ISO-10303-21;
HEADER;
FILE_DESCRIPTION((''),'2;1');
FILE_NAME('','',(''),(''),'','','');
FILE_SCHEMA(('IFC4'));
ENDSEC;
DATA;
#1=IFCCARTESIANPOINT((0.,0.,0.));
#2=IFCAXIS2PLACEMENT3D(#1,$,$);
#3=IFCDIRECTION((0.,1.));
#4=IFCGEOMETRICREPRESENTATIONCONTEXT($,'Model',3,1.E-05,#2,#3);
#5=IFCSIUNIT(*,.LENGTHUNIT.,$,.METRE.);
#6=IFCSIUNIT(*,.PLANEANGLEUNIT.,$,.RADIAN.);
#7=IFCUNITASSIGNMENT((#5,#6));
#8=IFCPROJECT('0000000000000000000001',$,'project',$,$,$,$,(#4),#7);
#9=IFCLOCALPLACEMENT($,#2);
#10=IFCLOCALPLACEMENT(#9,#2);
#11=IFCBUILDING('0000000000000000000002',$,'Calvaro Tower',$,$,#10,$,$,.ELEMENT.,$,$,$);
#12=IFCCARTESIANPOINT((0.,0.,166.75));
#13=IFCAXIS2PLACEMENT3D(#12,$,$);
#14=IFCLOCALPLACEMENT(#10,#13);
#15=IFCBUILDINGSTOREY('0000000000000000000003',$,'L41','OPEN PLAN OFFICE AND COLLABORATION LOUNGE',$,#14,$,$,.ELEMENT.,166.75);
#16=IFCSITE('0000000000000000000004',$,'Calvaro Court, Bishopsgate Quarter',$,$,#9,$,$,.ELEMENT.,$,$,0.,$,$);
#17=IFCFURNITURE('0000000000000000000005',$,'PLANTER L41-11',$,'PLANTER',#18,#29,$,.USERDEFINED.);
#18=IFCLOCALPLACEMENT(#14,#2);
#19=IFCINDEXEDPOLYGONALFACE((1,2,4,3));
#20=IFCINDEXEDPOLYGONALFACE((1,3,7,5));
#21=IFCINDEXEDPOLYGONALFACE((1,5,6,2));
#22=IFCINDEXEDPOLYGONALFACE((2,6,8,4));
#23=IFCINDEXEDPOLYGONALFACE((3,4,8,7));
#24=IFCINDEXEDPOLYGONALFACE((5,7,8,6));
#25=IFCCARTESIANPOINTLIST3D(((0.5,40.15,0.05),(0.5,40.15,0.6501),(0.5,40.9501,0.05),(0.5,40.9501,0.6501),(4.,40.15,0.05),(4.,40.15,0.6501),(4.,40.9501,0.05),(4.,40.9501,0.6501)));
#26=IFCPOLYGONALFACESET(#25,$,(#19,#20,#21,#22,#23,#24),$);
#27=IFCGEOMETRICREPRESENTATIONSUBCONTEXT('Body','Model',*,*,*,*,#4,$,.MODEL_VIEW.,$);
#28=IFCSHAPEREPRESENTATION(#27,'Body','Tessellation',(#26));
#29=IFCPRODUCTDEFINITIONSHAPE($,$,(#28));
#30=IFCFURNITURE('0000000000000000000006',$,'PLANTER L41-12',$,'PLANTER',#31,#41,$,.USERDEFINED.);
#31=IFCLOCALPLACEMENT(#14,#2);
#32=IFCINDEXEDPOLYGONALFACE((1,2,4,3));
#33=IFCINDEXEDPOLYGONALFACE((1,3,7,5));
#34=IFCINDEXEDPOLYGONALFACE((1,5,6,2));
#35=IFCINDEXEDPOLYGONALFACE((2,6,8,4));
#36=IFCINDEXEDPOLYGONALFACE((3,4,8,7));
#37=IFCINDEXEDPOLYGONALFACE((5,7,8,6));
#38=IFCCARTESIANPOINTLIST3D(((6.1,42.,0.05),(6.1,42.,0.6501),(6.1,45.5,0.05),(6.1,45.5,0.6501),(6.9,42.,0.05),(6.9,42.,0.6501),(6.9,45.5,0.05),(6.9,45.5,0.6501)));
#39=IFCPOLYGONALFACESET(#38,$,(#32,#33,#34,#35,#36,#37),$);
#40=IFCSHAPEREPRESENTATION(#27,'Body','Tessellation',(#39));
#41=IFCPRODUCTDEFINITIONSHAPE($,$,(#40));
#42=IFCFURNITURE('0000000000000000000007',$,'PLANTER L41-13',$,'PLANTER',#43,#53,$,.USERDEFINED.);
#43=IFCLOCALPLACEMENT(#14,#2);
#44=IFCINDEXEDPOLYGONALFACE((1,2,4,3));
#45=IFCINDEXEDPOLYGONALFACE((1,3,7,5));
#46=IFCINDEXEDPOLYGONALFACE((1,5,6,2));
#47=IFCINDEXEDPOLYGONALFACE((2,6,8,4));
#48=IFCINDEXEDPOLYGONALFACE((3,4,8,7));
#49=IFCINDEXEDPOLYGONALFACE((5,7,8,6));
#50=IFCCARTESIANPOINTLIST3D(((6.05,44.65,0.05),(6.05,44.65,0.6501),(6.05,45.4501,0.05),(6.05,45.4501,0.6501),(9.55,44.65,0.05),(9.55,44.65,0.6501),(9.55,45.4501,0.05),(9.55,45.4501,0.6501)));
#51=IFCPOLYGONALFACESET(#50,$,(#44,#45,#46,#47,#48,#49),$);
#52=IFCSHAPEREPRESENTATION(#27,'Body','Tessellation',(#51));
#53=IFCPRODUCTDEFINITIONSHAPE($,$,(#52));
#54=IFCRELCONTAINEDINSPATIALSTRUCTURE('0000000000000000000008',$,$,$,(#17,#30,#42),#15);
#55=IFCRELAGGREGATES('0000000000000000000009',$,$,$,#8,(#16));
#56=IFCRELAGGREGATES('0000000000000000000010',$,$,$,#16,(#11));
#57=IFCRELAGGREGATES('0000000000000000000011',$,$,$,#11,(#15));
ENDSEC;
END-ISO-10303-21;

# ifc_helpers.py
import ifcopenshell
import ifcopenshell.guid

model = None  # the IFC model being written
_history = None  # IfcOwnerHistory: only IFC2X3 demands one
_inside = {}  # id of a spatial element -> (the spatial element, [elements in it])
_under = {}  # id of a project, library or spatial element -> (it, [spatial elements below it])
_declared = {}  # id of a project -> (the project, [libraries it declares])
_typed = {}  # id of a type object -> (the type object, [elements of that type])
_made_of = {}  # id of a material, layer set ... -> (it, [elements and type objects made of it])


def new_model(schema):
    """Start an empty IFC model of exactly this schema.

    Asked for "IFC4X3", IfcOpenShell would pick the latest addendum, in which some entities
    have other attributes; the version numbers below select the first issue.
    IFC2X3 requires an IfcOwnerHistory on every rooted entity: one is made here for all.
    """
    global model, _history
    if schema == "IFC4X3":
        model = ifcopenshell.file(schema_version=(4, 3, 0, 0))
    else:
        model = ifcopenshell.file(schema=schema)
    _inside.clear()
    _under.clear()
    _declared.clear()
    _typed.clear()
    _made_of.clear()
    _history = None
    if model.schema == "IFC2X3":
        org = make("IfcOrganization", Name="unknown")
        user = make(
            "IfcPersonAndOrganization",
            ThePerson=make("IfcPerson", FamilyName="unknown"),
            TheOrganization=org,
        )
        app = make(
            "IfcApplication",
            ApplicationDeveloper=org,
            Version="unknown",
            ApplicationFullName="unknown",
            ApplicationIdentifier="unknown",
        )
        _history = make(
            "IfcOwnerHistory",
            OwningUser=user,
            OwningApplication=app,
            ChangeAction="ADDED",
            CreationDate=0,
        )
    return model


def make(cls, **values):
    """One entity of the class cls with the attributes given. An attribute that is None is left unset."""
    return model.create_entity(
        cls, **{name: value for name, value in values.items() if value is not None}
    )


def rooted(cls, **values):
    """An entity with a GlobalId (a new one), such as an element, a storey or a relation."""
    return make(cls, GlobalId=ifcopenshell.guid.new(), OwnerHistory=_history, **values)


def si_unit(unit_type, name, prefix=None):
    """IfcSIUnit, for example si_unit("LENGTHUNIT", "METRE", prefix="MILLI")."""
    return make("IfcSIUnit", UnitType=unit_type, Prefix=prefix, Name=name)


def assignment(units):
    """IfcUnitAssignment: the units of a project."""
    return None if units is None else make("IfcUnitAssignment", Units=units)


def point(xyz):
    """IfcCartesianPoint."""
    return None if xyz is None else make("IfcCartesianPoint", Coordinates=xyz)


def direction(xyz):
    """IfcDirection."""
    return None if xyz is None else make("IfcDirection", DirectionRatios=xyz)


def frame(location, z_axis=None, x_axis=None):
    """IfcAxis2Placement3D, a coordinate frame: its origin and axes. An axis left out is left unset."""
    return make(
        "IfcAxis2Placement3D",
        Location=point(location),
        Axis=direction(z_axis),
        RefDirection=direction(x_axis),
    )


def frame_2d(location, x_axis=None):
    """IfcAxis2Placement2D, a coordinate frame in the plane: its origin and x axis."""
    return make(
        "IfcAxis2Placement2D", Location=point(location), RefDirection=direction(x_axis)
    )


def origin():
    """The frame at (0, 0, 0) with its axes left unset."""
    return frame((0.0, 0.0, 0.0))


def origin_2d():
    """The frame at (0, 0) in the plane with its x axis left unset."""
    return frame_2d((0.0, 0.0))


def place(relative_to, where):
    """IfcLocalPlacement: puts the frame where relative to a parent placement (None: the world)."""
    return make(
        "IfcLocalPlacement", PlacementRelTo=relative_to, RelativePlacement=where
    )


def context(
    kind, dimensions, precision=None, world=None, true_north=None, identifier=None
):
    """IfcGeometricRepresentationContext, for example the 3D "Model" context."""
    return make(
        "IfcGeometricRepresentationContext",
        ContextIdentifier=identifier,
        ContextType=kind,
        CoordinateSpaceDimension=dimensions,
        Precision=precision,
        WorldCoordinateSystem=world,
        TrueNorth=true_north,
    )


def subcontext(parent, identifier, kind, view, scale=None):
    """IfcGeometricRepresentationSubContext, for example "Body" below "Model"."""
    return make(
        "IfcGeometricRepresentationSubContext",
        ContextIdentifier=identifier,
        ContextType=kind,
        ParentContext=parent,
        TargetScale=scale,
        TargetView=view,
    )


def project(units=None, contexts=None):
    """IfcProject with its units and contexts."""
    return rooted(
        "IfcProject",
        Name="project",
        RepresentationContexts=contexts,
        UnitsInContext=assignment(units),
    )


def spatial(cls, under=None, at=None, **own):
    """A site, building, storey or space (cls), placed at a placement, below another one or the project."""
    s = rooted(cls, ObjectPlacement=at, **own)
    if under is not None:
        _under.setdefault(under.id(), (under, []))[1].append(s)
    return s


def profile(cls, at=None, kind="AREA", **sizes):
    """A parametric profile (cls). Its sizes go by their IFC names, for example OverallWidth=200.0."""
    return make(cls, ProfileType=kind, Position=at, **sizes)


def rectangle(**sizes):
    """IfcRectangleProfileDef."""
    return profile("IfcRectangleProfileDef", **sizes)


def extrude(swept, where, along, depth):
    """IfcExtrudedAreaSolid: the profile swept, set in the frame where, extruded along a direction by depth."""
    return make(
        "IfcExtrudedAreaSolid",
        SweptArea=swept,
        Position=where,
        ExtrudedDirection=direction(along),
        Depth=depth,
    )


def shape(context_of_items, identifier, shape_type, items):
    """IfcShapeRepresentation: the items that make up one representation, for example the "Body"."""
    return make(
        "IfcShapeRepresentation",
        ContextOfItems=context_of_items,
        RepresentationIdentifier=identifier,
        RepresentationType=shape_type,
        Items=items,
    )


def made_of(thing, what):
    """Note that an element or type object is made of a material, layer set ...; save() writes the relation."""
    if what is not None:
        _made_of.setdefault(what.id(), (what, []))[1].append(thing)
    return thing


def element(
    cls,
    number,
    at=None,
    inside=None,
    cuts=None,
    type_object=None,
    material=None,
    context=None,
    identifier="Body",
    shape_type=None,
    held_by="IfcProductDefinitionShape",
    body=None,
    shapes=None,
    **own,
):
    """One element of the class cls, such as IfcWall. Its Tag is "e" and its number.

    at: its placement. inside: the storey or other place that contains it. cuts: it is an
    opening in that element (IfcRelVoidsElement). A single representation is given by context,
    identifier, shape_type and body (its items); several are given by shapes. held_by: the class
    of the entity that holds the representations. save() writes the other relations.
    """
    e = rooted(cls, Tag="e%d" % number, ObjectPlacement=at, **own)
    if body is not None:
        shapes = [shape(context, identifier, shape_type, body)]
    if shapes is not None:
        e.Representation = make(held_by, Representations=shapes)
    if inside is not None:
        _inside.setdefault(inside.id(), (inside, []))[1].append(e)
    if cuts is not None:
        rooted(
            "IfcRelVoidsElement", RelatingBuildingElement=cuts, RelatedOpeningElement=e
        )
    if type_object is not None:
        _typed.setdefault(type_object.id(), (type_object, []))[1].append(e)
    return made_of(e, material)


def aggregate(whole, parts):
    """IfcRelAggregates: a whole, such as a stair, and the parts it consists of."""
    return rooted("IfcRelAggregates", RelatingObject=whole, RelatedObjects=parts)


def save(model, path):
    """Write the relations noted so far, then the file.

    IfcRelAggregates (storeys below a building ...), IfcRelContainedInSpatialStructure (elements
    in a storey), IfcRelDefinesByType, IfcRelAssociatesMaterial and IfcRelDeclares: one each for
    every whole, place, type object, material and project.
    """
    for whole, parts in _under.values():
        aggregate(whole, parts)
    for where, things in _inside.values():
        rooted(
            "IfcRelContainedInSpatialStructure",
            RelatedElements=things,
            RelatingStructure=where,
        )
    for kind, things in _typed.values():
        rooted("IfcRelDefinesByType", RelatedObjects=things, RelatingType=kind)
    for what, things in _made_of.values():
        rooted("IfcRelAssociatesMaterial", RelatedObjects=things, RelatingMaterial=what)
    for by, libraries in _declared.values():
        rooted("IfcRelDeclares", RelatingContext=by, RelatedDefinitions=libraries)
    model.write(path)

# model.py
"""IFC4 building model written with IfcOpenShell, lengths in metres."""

from ifc_helpers import new_model, si_unit, direction, frame, origin, origin_2d, place, context, subcontext, project, spatial, rectangle, extrude, element, save


model = new_model("IFC4")

# Units and contexts
model_context = context("Model", 3, precision=1e-05, world=origin(), true_north=direction((0.0, 1.0)))
body_context = subcontext(model_context, "Body", "Model", "MODEL_VIEW")
ifc_project = project(units=[si_unit("LENGTHUNIT", "METRE"), si_unit("PLANEANGLEUNIT", "RADIAN")], contexts=[model_context])

# Site, building, storey
site_placement = place(None, origin())
site = spatial("IfcSite", under=ifc_project, at=site_placement, Name="Calvaro Court, Bishopsgate Quarter", CompositionType="ELEMENT", RefElevation=0.0)
building_placement = place(site_placement, origin())
building = spatial("IfcBuilding", under=site, at=building_placement, Name="Calvaro Tower", CompositionType="ELEMENT")
storey_placement = place(building_placement, frame((0.0, 0.0, 166.75)))
storey = spatial("IfcBuildingStorey", under=building, at=storey_placement, Name="L41", Description="OPEN PLAN OFFICE AND COLLABORATION LOUNGE", CompositionType="ELEMENT", Elevation=166.75)

# Furniture
furniture_1_placement = place(storey_placement, frame((2.25, 40.55, 0.05), z_axis=(0.0, 0.0, 1.0), x_axis=(1.0, 0.0, 0.0)))
element("IfcFurniture", 1, at=furniture_1_placement, inside=storey, Name="PLANTER L41-11", ObjectType="PLANTER", PredefinedType="USERDEFINED", context=body_context, shape_type="SweptSolid", body=[
    extrude(rectangle(XDim=3.5, YDim=0.8, at=origin_2d()), origin(), (0.0, 0.0, 1.0), 0.6001),
])
furniture_2_placement = place(storey_placement, frame((6.5, 43.75, 0.05), z_axis=(0.0, 0.0, 1.0), x_axis=(1.0, 0.0, 0.0)))
element("IfcFurniture", 2, at=furniture_2_placement, inside=storey, Name="PLANTER L41-12", ObjectType="PLANTER", PredefinedType="USERDEFINED", context=body_context, shape_type="SweptSolid", body=[
    extrude(rectangle(XDim=0.8, YDim=3.5, at=origin_2d()), origin(), (0.0, 0.0, 1.0), 0.6001),
])
furniture_3_placement = place(storey_placement, frame((7.8, 45.05, 0.05), z_axis=(0.0, 0.0, 1.0), x_axis=(1.0, 0.0, 0.0)))
element("IfcFurniture", 3, at=furniture_3_placement, inside=storey, Name="PLANTER L41-13", ObjectType="PLANTER", PredefinedType="USERDEFINED", context=body_context, shape_type="SweptSolid", body=[
    extrude(rectangle(XDim=3.5, YDim=0.8, at=origin_2d()), origin(), (0.0, 0.0, 1.0), 0.6001),
])

save(model, "model.ifc")
